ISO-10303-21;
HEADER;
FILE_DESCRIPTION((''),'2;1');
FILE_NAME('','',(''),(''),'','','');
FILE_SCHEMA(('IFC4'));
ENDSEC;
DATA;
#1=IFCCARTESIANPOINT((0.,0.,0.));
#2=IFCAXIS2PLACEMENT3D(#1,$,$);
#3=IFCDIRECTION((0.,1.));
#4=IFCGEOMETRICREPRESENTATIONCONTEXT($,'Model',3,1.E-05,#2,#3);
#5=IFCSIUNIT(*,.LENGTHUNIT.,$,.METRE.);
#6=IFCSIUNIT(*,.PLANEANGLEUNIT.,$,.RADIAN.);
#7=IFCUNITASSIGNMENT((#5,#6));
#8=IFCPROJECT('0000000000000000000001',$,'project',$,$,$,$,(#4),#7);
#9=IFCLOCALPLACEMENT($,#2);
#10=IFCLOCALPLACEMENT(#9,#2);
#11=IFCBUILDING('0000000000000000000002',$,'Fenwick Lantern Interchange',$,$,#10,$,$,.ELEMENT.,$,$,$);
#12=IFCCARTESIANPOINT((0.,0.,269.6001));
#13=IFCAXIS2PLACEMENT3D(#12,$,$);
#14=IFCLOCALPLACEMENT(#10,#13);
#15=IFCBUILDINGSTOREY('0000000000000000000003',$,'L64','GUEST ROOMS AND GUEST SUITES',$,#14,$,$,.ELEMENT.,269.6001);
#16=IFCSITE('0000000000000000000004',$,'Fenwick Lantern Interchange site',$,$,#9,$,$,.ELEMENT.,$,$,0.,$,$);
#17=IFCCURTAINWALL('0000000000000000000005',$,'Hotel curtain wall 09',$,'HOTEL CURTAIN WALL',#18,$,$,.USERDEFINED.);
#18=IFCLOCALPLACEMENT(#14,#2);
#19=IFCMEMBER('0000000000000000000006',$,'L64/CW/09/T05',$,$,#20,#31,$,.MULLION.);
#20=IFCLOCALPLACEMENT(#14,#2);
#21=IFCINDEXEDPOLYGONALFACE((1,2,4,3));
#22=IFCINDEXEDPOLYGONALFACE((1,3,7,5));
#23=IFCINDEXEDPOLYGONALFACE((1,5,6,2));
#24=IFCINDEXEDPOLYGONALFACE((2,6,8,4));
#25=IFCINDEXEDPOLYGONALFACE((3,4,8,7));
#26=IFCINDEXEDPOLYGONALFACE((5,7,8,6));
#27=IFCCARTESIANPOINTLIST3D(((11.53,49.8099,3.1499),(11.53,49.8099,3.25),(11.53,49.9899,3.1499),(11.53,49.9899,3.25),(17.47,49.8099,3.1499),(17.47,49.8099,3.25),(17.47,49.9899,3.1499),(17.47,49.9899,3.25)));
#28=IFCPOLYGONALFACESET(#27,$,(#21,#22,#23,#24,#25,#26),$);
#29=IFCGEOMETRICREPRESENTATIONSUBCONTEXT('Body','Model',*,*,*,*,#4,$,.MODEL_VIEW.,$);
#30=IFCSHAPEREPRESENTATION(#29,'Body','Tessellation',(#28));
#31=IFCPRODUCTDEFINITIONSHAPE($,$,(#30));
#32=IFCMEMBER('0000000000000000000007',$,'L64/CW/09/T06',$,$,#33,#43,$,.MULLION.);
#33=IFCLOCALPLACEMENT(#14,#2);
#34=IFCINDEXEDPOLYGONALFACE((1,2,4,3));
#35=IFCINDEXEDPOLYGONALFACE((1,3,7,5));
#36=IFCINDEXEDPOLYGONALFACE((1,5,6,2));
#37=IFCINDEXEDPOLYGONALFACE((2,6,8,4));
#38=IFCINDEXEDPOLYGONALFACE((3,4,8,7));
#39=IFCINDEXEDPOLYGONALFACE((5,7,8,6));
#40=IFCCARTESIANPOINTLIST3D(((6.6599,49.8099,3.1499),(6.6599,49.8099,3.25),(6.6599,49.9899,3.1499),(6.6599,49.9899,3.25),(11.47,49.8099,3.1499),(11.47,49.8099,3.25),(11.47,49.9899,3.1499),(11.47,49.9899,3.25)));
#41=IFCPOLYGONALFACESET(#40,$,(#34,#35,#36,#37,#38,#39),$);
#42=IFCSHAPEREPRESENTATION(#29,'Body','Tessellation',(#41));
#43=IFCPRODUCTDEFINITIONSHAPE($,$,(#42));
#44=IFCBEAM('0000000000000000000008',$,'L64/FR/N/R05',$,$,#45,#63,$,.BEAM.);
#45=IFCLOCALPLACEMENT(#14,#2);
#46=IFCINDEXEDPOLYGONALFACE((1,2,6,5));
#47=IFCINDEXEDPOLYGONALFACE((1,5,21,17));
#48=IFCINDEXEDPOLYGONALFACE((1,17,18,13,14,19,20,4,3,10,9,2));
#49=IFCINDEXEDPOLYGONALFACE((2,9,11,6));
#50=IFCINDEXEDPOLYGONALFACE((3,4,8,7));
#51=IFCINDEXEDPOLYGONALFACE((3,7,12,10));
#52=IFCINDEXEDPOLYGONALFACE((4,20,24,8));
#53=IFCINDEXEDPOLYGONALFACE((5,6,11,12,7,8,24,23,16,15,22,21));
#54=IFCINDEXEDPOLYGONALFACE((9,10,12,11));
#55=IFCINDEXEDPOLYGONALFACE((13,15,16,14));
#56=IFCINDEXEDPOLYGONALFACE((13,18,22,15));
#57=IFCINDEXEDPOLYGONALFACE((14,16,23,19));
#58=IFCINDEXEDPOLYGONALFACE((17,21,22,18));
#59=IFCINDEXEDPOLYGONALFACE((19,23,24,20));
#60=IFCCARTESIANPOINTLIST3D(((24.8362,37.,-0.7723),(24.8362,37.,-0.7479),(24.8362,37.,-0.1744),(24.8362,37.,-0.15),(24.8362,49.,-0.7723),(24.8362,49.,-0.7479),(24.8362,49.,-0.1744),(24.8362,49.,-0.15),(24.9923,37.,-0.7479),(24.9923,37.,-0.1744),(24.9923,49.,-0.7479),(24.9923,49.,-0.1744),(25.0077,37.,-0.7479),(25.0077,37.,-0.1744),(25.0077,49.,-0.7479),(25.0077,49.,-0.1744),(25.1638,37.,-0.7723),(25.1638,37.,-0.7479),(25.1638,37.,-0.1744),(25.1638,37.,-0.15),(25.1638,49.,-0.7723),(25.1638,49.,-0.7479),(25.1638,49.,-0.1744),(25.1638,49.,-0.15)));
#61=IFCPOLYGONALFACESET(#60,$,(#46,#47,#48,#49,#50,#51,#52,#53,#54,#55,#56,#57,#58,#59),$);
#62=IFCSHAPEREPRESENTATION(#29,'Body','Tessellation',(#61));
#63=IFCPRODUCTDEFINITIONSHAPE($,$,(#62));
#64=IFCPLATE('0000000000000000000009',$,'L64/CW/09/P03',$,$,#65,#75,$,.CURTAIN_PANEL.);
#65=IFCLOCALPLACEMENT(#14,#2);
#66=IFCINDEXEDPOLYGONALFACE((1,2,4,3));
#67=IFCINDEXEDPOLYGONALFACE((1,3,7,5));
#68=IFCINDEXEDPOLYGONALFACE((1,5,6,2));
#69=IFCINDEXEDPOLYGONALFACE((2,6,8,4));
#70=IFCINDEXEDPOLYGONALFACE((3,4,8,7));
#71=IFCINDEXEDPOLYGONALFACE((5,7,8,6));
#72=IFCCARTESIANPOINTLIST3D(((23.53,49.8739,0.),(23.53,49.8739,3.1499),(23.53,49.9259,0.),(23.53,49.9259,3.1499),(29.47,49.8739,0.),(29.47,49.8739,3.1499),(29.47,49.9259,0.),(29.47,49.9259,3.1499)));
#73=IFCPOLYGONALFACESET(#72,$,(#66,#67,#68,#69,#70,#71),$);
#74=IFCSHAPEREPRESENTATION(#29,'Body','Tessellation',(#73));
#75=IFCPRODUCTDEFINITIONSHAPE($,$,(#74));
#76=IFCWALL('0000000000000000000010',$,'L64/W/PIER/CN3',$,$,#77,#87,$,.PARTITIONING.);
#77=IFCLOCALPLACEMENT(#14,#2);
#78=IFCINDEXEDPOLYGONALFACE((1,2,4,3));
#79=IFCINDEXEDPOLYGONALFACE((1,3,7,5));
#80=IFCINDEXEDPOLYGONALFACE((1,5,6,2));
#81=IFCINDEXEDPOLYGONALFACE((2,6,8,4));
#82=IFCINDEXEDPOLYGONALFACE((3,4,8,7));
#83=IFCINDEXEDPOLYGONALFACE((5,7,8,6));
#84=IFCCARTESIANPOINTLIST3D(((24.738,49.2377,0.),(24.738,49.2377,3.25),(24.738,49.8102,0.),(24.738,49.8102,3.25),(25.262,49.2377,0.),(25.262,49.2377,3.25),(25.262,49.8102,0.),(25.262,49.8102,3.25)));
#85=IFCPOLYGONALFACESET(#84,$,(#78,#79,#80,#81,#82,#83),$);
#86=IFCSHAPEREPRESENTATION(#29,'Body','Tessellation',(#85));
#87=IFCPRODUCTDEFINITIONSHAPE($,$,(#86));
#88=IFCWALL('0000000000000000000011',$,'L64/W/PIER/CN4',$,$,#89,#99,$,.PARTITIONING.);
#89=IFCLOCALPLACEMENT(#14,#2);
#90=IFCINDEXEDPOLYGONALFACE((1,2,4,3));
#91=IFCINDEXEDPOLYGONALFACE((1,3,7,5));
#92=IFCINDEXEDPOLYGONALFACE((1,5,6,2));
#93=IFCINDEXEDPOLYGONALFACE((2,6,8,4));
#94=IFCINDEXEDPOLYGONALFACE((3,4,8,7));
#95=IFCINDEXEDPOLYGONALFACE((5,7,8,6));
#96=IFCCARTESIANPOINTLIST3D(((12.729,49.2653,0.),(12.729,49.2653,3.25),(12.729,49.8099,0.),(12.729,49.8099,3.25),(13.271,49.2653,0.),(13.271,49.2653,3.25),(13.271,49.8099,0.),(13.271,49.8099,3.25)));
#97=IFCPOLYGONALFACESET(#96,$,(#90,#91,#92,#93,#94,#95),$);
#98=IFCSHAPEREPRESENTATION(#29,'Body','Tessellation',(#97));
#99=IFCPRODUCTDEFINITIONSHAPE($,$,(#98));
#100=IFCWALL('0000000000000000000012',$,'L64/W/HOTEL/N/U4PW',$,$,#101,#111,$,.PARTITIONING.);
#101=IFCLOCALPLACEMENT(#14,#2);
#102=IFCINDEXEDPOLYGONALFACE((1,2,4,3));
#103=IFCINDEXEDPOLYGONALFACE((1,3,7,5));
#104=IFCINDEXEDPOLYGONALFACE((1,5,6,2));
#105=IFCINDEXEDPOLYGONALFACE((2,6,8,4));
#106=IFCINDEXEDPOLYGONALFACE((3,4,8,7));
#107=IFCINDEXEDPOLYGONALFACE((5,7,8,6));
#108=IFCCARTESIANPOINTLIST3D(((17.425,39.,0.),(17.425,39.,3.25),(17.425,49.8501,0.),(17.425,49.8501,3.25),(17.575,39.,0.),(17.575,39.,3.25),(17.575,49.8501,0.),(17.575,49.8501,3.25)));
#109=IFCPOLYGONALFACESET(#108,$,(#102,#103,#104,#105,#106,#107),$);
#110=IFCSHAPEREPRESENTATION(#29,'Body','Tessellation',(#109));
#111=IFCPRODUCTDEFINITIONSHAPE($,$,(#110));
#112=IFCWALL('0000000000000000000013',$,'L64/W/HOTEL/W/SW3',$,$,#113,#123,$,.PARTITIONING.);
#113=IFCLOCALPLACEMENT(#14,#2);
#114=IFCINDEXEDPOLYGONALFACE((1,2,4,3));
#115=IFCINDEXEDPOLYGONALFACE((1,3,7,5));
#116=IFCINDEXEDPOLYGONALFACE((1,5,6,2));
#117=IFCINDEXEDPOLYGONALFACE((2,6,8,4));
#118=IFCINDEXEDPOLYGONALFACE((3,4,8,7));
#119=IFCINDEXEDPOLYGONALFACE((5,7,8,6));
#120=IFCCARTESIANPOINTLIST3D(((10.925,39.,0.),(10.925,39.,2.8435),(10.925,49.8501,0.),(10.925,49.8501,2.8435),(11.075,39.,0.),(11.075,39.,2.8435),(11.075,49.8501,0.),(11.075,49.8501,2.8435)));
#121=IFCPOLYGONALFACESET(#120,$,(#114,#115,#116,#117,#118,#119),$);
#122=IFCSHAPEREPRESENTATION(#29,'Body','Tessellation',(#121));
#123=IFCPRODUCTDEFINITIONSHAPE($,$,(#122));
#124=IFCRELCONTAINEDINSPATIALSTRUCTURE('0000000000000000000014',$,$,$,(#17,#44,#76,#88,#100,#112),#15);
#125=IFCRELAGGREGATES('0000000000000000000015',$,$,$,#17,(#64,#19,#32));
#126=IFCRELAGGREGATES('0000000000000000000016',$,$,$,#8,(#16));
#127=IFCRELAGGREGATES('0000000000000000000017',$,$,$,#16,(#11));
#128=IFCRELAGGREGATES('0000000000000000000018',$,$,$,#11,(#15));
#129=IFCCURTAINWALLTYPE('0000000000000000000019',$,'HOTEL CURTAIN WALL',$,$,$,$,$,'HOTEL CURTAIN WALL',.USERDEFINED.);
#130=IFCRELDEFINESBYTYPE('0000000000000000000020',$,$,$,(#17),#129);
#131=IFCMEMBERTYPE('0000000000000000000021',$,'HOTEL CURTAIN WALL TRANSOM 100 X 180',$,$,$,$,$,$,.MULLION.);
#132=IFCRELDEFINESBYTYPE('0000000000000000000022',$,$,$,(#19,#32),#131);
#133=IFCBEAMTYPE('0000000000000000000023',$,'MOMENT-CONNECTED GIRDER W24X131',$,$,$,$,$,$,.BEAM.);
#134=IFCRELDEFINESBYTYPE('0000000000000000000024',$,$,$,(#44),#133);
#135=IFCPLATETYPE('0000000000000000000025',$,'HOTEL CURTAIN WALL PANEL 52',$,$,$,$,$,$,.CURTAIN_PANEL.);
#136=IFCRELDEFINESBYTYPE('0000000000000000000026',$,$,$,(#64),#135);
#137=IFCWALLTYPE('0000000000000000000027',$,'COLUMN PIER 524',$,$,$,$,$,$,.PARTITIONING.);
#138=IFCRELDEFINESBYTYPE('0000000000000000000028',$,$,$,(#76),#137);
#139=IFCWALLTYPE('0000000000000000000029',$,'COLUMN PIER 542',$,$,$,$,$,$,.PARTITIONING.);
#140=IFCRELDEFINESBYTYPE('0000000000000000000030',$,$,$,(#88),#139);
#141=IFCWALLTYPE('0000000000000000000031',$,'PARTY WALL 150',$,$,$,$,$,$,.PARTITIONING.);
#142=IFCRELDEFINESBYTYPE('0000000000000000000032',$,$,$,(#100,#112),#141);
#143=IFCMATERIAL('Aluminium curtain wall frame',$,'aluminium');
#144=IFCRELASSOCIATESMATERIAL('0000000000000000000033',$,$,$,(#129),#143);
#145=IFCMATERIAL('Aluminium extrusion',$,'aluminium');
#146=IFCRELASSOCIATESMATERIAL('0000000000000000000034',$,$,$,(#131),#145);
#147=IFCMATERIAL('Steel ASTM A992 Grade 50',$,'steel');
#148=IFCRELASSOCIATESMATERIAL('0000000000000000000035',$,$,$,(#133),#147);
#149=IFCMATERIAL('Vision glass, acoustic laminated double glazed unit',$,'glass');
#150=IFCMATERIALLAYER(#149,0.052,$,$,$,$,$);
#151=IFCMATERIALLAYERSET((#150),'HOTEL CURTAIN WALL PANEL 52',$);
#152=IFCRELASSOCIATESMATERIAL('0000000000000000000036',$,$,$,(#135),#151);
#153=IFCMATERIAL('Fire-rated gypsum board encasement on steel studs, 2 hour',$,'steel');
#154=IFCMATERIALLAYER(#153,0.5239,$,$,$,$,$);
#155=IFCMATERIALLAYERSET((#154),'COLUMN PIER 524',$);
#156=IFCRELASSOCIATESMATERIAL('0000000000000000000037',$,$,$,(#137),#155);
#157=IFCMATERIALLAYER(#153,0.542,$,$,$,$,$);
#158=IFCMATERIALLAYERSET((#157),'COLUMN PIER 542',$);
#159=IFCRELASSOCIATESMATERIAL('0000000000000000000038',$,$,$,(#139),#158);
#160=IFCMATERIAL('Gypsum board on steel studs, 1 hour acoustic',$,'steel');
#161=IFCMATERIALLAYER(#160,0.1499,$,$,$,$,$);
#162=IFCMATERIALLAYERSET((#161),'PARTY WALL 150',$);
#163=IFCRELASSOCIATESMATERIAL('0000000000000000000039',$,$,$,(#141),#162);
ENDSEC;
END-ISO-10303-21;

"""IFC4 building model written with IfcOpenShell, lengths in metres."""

from ifc_helpers import new_model, si_unit, direction, frame, frame_2d, origin, origin_2d, place, context, subcontext, project, spatial, rectangle, i_section, extrude, material, layer, layer_set, material_profile, profile_set, type_object, element, aggregate, save


model = new_model("IFC4")

# Units and contexts
model_context = context("Model", 3, precision=1e-05, world=origin(), true_north=direction((0.0, 1.0)))
body_context = subcontext(model_context, "Body", "Model", "MODEL_VIEW")
ifc_project = project(units=[si_unit("LENGTHUNIT", "METRE"), si_unit("PLANEANGLEUNIT", "RADIAN")], contexts=[model_context])

# Site, building, storey
site_placement = place(None, origin())
site = spatial("IfcSite", under=ifc_project, at=site_placement, Name="Fenwick Lantern Interchange site", CompositionType="ELEMENT", RefElevation=0.0)
building_placement = place(site_placement, origin())
building = spatial("IfcBuilding", under=site, at=building_placement, Name="Fenwick Lantern Interchange", CompositionType="ELEMENT")
storey_placement = place(building_placement, frame((0.0, 0.0, 269.6001)))
storey = spatial("IfcBuildingStorey", under=building, at=storey_placement, Name="L64", Description="GUEST ROOMS AND GUEST SUITES", CompositionType="ELEMENT", Elevation=269.6001)

# Shared definitions
ifc_material_1 = material(Name="Steel ASTM A992 Grade 50", Category="steel")

# Curtain wall, members
ifc_material_2 = material(Name="Aluminium curtain wall frame", Category="aluminium")
curtain_wall_type = type_object("IfcCurtainWallType", Name="HOTEL CURTAIN WALL", ElementType="HOTEL CURTAIN WALL", PredefinedType="USERDEFINED", material=ifc_material_2)
curtain_wall_placement = place(storey_placement, origin())
curtain_wall = element("IfcCurtainWall", 1, at=curtain_wall_placement, inside=storey, type_object=curtain_wall_type, Name="Hotel curtain wall 09", ObjectType="HOTEL CURTAIN WALL", PredefinedType="USERDEFINED")
ifc_material_3 = material(Name="Aluminium extrusion", Category="aluminium")
ifc_material_profile_1 = material_profile(ifc_material_3, rectangle(XDim=0.1799, YDim=0.1001, at=origin_2d()), Name="HOTEL CURTAIN WALL TRANSOM 100 X 180")
ifc_profile_set_1 = profile_set([ifc_material_profile_1], Name="Aluminium extrusion")
member_type_1 = type_object("IfcMemberType", Name="HOTEL CURTAIN WALL TRANSOM 100 X 180", PredefinedType="MULLION", material=ifc_profile_set_1)
member_1_placement = place(storey_placement, frame((17.47, 49.8999, 3.2), z_axis=(-1.0, 0.0, 0.0), x_axis=(0.0, -1.0, 0.0)))
member_1 = element("IfcMember", 2, at=member_1_placement, type_object=member_type_1, Name="L64/CW/09/T05", PredefinedType="MULLION", context=body_context, shape_type="SweptSolid", body=[
    extrude(rectangle(XDim=0.1799, YDim=0.1001, at=origin_2d()), origin(), (0.0, 0.0, 1.0), 5.9399),
])
member_2_placement = place(storey_placement, frame((11.47, 49.8999, 3.2), z_axis=(-1.0, 0.0, 0.0), x_axis=(0.0, -1.0, 0.0)))
member_2 = element("IfcMember", 3, at=member_2_placement, type_object=member_type_1, Name="L64/CW/09/T06", PredefinedType="MULLION", context=body_context, shape_type="SweptSolid", body=[
    extrude(rectangle(XDim=0.1799, YDim=0.1001, at=origin_2d()), origin(), (0.0, 0.0, 1.0), 4.8101),
])

# Beam
ifc_material_profile_2 = material_profile(ifc_material_1, i_section(OverallWidth=0.3276, OverallDepth=0.6223, WebThickness=0.0154, FlangeThickness=0.0244, at=origin_2d()), Name="W24X131")
ifc_profile_set_2 = profile_set([ifc_material_profile_2], Name="Steel ASTM A992 Grade 50")
beam_type_1 = type_object("IfcBeamType", Name="MOMENT-CONNECTED GIRDER W24X131", PredefinedType="BEAM", material=ifc_profile_set_2)
beam_1_placement = place(storey_placement, frame((25.0, 49.0, -0.4612), z_axis=(0.0, -1.0, 0.0), x_axis=(1.0, 0.0, 0.0)))
element("IfcBeam", 4, at=beam_1_placement, inside=storey, type_object=beam_type_1, Name="L64/FR/N/R05", PredefinedType="BEAM", context=body_context, shape_type="SweptSolid", body=[
    extrude(i_section(OverallWidth=0.3276, OverallDepth=0.6223, WebThickness=0.0154, FlangeThickness=0.0244, at=origin_2d()), origin(), (0.0, 0.0, 1.0), 12.0),
])

# Plate
ifc_material_4 = material(Name="Vision glass, acoustic laminated double glazed unit", Category="glass")
ifc_layer_1 = layer(ifc_material_4, 0.052)
ifc_layer_set_1 = layer_set([ifc_layer_1], Name="HOTEL CURTAIN WALL PANEL 52")
plate_type = type_object("IfcPlateType", Name="HOTEL CURTAIN WALL PANEL 52", PredefinedType="CURTAIN_PANEL", material=ifc_layer_set_1)
plate_placement = place(storey_placement, frame((26.5, 49.8999, 0.0), z_axis=(0.0, 0.0, 1.0), x_axis=(-1.0, 0.0, 0.0)))
plate = element("IfcPlate", 5, at=plate_placement, type_object=plate_type, Name="L64/CW/09/P03", PredefinedType="CURTAIN_PANEL", context=body_context, shape_type="SweptSolid", body=[
    extrude(rectangle(XDim=5.9399, YDim=0.052, at=origin_2d()), origin(), (0.0, 0.0, 1.0), 3.1499),
])
aggregate(curtain_wall, [plate, member_1, member_2])

# Walls
ifc_material_5 = material(Name="Fire-rated gypsum board encasement on steel studs, 2 hour", Category="steel")
ifc_layer_2 = layer(ifc_material_5, 0.5239)
ifc_layer_set_2 = layer_set([ifc_layer_2], Name="COLUMN PIER 524")
wall_type_1 = type_object("IfcWallType", Name="COLUMN PIER 524", PredefinedType="PARTITIONING", material=ifc_layer_set_2)
wall_1_placement = place(storey_placement, frame((25.0, 49.8101, 0.0), z_axis=(0.0, 0.0, 1.0), x_axis=(0.0, -1.0, 0.0)))
element("IfcWall", 6, at=wall_1_placement, inside=storey, type_object=wall_type_1, Name="L64/W/PIER/CN3", PredefinedType="PARTITIONING", context=body_context, shape_type="SweptSolid", body=[
    extrude(rectangle(XDim=0.5725, YDim=0.5239, at=frame_2d((0.2861, 0.0))), origin(), (0.0, 0.0, 1.0), 3.25),
])
ifc_layer_3 = layer(ifc_material_5, 0.542)
ifc_layer_set_3 = layer_set([ifc_layer_3], Name="COLUMN PIER 542")
wall_type_2 = type_object("IfcWallType", Name="COLUMN PIER 542", PredefinedType="PARTITIONING", material=ifc_layer_set_3)
wall_2_placement = place(storey_placement, frame((13.0, 49.8101, 0.0), z_axis=(0.0, 0.0, 1.0), x_axis=(0.0, -1.0, 0.0)))
element("IfcWall", 7, at=wall_2_placement, inside=storey, type_object=wall_type_2, Name="L64/W/PIER/CN4", PredefinedType="PARTITIONING", context=body_context, shape_type="SweptSolid", body=[
    extrude(rectangle(XDim=0.5447, YDim=0.542, at=frame_2d((0.2725, 0.0))), origin(), (0.0, 0.0, 1.0), 3.25),
])
ifc_material_6 = material(Name="Gypsum board on steel studs, 1 hour acoustic", Category="steel")
ifc_layer_4 = layer(ifc_material_6, 0.1499)
ifc_layer_set_4 = layer_set([ifc_layer_4], Name="PARTY WALL 150")
wall_type_3 = type_object("IfcWallType", Name="PARTY WALL 150", PredefinedType="PARTITIONING", material=ifc_layer_set_4)
wall_3_placement = place(storey_placement, frame((17.5, 49.8501, 0.0), z_axis=(0.0, 0.0, 1.0), x_axis=(0.0, -1.0, 0.0)))
element("IfcWall", 8, at=wall_3_placement, inside=storey, type_object=wall_type_3, Name="L64/W/HOTEL/N/U4PW", PredefinedType="PARTITIONING", context=body_context, shape_type="SweptSolid", body=[
    extrude(rectangle(XDim=10.8501, YDim=0.1499, at=frame_2d((5.425, 0.0))), origin(), (0.0, 0.0, 1.0), 3.25),
])
wall_4_placement = place(storey_placement, frame((11.0, 49.8501, 0.0), z_axis=(0.0, 0.0, 1.0), x_axis=(0.0, -1.0, 0.0)))
element("IfcWall", 9, at=wall_4_placement, inside=storey, type_object=wall_type_3, Name="L64/W/HOTEL/W/SW3", PredefinedType="PARTITIONING", context=body_context, shape_type="SweptSolid", body=[
    extrude(rectangle(XDim=10.8501, YDim=0.1499, at=frame_2d((5.425, 0.0))), origin(), (0.0, 0.0, 1.0), 2.8435),
])

save(model, "model.ifc")
